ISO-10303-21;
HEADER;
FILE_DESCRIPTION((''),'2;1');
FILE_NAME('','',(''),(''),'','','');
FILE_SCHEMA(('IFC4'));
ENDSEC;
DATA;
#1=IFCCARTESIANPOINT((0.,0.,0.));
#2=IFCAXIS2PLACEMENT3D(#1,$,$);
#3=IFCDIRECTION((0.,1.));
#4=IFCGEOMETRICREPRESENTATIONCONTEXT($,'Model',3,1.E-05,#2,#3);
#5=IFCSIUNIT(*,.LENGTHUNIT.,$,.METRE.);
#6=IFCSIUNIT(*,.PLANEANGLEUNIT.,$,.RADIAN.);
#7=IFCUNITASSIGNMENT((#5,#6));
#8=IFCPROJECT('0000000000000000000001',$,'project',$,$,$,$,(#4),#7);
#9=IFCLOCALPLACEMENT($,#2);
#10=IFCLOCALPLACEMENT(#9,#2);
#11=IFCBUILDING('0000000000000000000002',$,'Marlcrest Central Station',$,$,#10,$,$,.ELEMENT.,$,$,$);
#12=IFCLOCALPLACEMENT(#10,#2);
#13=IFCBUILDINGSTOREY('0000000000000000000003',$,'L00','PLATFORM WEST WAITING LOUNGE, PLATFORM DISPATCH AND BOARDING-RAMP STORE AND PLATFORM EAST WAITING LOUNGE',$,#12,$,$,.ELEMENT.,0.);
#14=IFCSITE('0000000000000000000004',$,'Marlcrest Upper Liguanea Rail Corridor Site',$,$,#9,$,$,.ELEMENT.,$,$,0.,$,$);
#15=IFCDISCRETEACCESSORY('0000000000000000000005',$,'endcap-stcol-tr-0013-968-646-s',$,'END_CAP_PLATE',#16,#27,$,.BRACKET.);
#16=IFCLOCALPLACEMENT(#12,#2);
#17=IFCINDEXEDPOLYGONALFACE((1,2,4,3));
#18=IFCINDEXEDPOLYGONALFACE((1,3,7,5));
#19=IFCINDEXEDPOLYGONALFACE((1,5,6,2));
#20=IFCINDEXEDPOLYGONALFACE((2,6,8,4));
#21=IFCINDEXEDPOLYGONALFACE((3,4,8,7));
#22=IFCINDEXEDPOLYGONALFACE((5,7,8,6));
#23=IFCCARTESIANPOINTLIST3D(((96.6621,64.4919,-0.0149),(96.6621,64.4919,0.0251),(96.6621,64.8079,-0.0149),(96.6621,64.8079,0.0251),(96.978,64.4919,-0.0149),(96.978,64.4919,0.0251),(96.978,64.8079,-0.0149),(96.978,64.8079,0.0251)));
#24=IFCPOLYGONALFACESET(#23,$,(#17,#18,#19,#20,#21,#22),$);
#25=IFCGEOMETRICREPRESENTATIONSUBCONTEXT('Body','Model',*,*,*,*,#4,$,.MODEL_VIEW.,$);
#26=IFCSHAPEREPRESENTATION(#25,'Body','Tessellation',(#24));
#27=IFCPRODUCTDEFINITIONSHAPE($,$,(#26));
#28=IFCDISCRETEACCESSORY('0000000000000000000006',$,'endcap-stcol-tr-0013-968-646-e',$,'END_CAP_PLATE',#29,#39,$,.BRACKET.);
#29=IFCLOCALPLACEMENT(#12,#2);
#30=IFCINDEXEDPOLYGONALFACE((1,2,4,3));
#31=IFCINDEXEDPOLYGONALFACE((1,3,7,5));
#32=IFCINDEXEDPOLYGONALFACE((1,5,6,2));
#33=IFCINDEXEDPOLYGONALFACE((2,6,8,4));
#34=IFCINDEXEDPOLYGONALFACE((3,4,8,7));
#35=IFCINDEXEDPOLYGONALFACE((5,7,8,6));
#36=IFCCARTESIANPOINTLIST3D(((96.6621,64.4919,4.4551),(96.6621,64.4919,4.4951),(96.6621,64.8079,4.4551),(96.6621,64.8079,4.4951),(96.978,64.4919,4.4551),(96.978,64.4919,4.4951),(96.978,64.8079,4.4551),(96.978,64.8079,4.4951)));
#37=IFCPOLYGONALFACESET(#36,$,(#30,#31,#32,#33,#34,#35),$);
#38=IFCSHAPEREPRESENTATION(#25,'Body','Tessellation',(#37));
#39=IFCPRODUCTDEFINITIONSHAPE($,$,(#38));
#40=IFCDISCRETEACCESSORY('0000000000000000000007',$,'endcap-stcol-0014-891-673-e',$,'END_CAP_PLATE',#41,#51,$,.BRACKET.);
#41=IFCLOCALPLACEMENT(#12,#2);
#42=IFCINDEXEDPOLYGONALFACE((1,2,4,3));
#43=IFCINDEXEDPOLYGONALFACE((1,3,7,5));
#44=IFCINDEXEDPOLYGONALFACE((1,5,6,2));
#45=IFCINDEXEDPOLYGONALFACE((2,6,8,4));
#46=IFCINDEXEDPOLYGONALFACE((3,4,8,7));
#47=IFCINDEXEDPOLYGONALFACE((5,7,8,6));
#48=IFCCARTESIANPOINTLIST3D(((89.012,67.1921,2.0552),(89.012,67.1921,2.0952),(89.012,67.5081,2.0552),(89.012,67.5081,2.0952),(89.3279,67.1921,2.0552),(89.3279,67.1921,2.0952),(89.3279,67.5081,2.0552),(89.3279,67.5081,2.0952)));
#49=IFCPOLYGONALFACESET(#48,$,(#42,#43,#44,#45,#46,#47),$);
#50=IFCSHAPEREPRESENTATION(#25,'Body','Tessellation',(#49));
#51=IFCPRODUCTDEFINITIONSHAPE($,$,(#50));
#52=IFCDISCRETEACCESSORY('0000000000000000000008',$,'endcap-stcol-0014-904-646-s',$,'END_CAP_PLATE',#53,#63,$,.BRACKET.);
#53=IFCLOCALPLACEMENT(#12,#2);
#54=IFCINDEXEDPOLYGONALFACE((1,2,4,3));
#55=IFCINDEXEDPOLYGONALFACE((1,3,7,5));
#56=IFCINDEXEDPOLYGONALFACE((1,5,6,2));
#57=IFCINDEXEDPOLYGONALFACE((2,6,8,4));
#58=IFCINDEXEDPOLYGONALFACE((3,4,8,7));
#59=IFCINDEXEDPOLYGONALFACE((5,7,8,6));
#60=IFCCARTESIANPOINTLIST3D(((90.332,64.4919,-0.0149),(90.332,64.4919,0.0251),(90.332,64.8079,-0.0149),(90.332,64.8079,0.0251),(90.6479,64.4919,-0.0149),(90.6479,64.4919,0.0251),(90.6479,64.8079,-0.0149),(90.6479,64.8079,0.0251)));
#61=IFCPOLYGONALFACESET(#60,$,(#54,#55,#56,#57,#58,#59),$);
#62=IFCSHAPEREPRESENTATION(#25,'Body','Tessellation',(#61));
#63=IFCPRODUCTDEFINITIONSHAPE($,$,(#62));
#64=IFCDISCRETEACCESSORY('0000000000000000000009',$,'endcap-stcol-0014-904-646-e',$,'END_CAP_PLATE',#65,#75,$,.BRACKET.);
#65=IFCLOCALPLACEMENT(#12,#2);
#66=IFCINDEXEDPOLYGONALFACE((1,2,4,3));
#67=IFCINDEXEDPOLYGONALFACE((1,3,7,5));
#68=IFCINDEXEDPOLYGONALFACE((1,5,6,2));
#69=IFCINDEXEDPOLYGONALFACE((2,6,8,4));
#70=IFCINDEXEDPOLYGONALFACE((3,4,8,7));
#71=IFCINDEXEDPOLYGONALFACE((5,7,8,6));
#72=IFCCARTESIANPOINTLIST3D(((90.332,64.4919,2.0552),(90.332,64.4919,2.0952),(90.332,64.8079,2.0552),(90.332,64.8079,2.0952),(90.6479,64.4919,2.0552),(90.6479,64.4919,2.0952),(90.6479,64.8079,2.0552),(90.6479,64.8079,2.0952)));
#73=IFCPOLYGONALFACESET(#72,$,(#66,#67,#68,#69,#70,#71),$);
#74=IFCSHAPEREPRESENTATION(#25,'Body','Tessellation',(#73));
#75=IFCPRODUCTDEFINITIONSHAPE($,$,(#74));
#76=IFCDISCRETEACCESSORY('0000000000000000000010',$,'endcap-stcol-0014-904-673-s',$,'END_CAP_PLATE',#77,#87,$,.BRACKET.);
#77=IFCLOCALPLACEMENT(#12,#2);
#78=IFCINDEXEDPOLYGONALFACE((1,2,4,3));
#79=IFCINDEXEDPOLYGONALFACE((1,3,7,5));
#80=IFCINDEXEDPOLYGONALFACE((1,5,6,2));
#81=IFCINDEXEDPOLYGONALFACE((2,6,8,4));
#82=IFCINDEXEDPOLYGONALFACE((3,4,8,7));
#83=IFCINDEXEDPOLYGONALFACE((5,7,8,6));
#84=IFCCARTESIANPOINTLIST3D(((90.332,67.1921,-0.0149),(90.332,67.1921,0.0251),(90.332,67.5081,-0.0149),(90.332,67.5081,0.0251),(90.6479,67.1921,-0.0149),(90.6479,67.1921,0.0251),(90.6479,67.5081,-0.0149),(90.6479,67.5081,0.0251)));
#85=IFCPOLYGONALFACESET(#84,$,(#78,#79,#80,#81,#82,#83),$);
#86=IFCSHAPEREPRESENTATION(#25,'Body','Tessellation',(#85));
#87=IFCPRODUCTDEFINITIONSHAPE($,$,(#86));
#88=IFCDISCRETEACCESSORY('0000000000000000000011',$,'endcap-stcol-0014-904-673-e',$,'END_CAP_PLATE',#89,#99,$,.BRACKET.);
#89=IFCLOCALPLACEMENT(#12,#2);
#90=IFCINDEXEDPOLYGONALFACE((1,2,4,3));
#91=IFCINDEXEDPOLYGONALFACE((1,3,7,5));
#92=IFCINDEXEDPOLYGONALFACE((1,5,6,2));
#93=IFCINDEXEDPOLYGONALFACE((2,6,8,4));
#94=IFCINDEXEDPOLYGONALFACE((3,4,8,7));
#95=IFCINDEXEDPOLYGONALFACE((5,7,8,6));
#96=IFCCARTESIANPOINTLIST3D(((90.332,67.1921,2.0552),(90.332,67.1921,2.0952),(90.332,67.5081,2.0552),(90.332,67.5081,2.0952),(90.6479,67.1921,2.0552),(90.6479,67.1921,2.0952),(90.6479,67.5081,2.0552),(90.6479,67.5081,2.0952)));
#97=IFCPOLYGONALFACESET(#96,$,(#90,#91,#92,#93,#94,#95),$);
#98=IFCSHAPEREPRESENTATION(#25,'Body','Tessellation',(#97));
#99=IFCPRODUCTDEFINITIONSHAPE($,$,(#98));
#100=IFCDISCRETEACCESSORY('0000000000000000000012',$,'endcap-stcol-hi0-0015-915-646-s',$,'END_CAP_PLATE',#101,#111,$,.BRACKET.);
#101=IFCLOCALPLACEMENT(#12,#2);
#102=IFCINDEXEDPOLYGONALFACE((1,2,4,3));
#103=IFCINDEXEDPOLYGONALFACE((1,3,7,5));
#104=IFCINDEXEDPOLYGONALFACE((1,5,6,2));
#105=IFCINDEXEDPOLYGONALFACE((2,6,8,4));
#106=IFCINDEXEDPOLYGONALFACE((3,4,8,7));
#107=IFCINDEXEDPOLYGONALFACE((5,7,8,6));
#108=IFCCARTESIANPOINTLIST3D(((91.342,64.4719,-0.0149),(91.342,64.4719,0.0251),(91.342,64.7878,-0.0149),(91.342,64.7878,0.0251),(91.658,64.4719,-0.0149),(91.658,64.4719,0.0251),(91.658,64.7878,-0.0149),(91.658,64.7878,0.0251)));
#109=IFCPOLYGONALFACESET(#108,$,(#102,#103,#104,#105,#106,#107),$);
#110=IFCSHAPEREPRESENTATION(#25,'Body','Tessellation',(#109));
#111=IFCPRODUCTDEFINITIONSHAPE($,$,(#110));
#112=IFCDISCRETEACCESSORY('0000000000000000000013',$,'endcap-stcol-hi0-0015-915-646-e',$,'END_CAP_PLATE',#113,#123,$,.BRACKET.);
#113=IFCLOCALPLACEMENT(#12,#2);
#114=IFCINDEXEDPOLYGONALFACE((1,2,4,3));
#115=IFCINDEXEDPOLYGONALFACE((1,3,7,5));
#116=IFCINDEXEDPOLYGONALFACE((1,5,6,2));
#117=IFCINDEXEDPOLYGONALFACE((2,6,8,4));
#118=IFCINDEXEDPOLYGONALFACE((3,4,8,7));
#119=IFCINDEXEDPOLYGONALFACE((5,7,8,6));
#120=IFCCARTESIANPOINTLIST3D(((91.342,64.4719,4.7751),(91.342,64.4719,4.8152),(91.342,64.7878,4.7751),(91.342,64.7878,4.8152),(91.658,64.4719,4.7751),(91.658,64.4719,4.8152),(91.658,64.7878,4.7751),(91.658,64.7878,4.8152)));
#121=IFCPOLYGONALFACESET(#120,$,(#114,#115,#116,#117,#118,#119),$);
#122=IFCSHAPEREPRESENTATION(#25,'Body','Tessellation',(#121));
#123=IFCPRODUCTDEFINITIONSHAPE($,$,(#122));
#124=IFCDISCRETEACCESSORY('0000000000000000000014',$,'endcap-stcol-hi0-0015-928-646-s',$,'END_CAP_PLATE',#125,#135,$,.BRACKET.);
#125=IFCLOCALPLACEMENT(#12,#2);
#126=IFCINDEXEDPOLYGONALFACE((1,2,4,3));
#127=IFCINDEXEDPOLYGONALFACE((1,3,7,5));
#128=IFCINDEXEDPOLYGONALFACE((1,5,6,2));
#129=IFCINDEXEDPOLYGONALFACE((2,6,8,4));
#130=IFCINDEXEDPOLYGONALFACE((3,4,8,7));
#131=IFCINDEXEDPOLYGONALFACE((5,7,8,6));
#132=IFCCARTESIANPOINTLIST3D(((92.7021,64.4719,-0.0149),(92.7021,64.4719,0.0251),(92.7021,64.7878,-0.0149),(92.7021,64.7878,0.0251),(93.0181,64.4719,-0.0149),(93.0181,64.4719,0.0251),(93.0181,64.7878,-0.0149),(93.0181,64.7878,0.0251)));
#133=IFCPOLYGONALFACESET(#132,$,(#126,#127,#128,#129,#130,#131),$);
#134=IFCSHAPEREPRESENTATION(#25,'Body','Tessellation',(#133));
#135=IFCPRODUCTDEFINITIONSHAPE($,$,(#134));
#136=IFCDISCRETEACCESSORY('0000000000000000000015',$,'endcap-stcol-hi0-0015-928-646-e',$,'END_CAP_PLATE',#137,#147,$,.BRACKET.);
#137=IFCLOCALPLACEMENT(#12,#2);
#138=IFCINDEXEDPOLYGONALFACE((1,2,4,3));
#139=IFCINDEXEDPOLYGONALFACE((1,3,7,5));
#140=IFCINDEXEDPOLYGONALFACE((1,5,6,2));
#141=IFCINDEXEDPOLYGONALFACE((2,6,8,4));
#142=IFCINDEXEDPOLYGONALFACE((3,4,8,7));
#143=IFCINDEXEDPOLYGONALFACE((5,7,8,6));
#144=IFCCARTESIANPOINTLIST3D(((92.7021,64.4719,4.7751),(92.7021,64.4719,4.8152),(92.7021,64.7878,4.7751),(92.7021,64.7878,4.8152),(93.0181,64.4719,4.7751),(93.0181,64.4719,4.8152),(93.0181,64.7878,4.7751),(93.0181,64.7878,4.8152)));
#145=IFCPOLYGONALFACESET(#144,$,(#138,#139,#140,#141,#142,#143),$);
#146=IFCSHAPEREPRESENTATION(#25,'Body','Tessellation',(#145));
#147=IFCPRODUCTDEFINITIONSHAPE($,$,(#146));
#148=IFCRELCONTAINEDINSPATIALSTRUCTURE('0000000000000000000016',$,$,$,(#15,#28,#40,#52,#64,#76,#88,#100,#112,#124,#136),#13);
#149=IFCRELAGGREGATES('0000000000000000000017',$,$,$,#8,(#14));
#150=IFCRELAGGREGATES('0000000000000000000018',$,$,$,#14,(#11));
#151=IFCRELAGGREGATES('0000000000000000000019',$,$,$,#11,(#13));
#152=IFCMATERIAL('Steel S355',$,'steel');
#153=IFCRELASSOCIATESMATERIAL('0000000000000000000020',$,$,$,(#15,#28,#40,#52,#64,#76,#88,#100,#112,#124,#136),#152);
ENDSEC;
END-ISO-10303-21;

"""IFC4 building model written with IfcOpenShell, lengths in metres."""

from ifc_helpers import new_model, si_unit, direction, frame, origin, origin_2d, place, context, subcontext, project, spatial, rectangle, extrude, material, element, save


model = new_model("IFC4")

# Units and contexts
model_context = context("Model", 3, precision=1e-05, world=origin(), true_north=direction((0.0, 1.0)))
body_context = subcontext(model_context, "Body", "Model", "MODEL_VIEW")
ifc_project = project(units=[si_unit("LENGTHUNIT", "METRE"), si_unit("PLANEANGLEUNIT", "RADIAN")], contexts=[model_context])

# Site, building, storey
site_placement = place(None, origin())
site = spatial("IfcSite", under=ifc_project, at=site_placement, Name="Marlcrest Upper Liguanea Rail Corridor Site", CompositionType="ELEMENT", RefElevation=0.0)
building_placement = place(site_placement, origin())
building = spatial("IfcBuilding", under=site, at=building_placement, Name="Marlcrest Central Station", CompositionType="ELEMENT")
storey_placement = place(building_placement, origin())
storey = spatial("IfcBuildingStorey", under=building, at=storey_placement, Name="L00", Description="PLATFORM WEST WAITING LOUNGE, PLATFORM DISPATCH AND BOARDING-RAMP STORE AND PLATFORM EAST WAITING LOUNGE", CompositionType="ELEMENT", Elevation=0.0)

# Shared definitions
ifc_material_1 = material(Name="Steel S355", Category="steel")

# Discrete accessories
for number, where, z_axis, x_axis, name in (
    (1, (96.8201, 64.6499, -0.0149), (0.0, 0.0, 1.0), (1.0, 0.0, 0.0), "endcap-stcol-tr-0013-968-646-s"),
    (2, (96.8201, 64.6499, 4.4551), (0.0, 0.0, 1.0), (1.0, 0.0, 0.0), "endcap-stcol-tr-0013-968-646-e"),
    (3, (89.1699, 67.3501, 2.0552), (0.0, 0.0, 1.0), (1.0, 0.0, 0.0), "endcap-stcol-0014-891-673-e"),
    (4, (90.49, 64.6499, -0.0149), (0.0, 0.0, 1.0), (1.0, 0.0, 0.0), "endcap-stcol-0014-904-646-s"),
    (5, (90.49, 64.6499, 2.0552), (0.0, 0.0, 1.0), (1.0, 0.0, 0.0), "endcap-stcol-0014-904-646-e"),
    (6, (90.49, 67.3501, -0.0149), (0.0, 0.0, 1.0), (1.0, 0.0, 0.0), "endcap-stcol-0014-904-673-s"),
    (7, (90.49, 67.3501, 2.0552), (0.0, 0.0, 1.0), (1.0, 0.0, 0.0), "endcap-stcol-0014-904-673-e"),
    (8, (91.5, 64.6299, -0.0149), (0.0, 0.0, 1.0), (1.0, 0.0, 0.0), "endcap-stcol-hi0-0015-915-646-s"),
    (9, (91.5, 64.6299, 4.7751), (0.0, 0.0, 1.0), (1.0, 0.0, 0.0), "endcap-stcol-hi0-0015-915-646-e"),
    (10, (92.8601, 64.6299, -0.0149), (0.0, 0.0, 1.0), (1.0, 0.0, 0.0), "endcap-stcol-hi0-0015-928-646-s"),
    (11, (92.8601, 64.6299, 4.7751), (0.0, 0.0, 1.0), (1.0, 0.0, 0.0), "endcap-stcol-hi0-0015-928-646-e"),
):
    element("IfcDiscreteAccessory", number, at=place(storey_placement, frame(where, z_axis=z_axis, x_axis=x_axis)), inside=storey, material=ifc_material_1, Name=name, ObjectType="END_CAP_PLATE", PredefinedType="BRACKET", context=body_context, shape_type="SweptSolid", body=[
        extrude(rectangle(XDim=0.3159, YDim=0.3159, at=origin_2d()), origin(), (0.0, 0.0, 1.0), 0.04),
    ])

save(model, "model.ifc")
